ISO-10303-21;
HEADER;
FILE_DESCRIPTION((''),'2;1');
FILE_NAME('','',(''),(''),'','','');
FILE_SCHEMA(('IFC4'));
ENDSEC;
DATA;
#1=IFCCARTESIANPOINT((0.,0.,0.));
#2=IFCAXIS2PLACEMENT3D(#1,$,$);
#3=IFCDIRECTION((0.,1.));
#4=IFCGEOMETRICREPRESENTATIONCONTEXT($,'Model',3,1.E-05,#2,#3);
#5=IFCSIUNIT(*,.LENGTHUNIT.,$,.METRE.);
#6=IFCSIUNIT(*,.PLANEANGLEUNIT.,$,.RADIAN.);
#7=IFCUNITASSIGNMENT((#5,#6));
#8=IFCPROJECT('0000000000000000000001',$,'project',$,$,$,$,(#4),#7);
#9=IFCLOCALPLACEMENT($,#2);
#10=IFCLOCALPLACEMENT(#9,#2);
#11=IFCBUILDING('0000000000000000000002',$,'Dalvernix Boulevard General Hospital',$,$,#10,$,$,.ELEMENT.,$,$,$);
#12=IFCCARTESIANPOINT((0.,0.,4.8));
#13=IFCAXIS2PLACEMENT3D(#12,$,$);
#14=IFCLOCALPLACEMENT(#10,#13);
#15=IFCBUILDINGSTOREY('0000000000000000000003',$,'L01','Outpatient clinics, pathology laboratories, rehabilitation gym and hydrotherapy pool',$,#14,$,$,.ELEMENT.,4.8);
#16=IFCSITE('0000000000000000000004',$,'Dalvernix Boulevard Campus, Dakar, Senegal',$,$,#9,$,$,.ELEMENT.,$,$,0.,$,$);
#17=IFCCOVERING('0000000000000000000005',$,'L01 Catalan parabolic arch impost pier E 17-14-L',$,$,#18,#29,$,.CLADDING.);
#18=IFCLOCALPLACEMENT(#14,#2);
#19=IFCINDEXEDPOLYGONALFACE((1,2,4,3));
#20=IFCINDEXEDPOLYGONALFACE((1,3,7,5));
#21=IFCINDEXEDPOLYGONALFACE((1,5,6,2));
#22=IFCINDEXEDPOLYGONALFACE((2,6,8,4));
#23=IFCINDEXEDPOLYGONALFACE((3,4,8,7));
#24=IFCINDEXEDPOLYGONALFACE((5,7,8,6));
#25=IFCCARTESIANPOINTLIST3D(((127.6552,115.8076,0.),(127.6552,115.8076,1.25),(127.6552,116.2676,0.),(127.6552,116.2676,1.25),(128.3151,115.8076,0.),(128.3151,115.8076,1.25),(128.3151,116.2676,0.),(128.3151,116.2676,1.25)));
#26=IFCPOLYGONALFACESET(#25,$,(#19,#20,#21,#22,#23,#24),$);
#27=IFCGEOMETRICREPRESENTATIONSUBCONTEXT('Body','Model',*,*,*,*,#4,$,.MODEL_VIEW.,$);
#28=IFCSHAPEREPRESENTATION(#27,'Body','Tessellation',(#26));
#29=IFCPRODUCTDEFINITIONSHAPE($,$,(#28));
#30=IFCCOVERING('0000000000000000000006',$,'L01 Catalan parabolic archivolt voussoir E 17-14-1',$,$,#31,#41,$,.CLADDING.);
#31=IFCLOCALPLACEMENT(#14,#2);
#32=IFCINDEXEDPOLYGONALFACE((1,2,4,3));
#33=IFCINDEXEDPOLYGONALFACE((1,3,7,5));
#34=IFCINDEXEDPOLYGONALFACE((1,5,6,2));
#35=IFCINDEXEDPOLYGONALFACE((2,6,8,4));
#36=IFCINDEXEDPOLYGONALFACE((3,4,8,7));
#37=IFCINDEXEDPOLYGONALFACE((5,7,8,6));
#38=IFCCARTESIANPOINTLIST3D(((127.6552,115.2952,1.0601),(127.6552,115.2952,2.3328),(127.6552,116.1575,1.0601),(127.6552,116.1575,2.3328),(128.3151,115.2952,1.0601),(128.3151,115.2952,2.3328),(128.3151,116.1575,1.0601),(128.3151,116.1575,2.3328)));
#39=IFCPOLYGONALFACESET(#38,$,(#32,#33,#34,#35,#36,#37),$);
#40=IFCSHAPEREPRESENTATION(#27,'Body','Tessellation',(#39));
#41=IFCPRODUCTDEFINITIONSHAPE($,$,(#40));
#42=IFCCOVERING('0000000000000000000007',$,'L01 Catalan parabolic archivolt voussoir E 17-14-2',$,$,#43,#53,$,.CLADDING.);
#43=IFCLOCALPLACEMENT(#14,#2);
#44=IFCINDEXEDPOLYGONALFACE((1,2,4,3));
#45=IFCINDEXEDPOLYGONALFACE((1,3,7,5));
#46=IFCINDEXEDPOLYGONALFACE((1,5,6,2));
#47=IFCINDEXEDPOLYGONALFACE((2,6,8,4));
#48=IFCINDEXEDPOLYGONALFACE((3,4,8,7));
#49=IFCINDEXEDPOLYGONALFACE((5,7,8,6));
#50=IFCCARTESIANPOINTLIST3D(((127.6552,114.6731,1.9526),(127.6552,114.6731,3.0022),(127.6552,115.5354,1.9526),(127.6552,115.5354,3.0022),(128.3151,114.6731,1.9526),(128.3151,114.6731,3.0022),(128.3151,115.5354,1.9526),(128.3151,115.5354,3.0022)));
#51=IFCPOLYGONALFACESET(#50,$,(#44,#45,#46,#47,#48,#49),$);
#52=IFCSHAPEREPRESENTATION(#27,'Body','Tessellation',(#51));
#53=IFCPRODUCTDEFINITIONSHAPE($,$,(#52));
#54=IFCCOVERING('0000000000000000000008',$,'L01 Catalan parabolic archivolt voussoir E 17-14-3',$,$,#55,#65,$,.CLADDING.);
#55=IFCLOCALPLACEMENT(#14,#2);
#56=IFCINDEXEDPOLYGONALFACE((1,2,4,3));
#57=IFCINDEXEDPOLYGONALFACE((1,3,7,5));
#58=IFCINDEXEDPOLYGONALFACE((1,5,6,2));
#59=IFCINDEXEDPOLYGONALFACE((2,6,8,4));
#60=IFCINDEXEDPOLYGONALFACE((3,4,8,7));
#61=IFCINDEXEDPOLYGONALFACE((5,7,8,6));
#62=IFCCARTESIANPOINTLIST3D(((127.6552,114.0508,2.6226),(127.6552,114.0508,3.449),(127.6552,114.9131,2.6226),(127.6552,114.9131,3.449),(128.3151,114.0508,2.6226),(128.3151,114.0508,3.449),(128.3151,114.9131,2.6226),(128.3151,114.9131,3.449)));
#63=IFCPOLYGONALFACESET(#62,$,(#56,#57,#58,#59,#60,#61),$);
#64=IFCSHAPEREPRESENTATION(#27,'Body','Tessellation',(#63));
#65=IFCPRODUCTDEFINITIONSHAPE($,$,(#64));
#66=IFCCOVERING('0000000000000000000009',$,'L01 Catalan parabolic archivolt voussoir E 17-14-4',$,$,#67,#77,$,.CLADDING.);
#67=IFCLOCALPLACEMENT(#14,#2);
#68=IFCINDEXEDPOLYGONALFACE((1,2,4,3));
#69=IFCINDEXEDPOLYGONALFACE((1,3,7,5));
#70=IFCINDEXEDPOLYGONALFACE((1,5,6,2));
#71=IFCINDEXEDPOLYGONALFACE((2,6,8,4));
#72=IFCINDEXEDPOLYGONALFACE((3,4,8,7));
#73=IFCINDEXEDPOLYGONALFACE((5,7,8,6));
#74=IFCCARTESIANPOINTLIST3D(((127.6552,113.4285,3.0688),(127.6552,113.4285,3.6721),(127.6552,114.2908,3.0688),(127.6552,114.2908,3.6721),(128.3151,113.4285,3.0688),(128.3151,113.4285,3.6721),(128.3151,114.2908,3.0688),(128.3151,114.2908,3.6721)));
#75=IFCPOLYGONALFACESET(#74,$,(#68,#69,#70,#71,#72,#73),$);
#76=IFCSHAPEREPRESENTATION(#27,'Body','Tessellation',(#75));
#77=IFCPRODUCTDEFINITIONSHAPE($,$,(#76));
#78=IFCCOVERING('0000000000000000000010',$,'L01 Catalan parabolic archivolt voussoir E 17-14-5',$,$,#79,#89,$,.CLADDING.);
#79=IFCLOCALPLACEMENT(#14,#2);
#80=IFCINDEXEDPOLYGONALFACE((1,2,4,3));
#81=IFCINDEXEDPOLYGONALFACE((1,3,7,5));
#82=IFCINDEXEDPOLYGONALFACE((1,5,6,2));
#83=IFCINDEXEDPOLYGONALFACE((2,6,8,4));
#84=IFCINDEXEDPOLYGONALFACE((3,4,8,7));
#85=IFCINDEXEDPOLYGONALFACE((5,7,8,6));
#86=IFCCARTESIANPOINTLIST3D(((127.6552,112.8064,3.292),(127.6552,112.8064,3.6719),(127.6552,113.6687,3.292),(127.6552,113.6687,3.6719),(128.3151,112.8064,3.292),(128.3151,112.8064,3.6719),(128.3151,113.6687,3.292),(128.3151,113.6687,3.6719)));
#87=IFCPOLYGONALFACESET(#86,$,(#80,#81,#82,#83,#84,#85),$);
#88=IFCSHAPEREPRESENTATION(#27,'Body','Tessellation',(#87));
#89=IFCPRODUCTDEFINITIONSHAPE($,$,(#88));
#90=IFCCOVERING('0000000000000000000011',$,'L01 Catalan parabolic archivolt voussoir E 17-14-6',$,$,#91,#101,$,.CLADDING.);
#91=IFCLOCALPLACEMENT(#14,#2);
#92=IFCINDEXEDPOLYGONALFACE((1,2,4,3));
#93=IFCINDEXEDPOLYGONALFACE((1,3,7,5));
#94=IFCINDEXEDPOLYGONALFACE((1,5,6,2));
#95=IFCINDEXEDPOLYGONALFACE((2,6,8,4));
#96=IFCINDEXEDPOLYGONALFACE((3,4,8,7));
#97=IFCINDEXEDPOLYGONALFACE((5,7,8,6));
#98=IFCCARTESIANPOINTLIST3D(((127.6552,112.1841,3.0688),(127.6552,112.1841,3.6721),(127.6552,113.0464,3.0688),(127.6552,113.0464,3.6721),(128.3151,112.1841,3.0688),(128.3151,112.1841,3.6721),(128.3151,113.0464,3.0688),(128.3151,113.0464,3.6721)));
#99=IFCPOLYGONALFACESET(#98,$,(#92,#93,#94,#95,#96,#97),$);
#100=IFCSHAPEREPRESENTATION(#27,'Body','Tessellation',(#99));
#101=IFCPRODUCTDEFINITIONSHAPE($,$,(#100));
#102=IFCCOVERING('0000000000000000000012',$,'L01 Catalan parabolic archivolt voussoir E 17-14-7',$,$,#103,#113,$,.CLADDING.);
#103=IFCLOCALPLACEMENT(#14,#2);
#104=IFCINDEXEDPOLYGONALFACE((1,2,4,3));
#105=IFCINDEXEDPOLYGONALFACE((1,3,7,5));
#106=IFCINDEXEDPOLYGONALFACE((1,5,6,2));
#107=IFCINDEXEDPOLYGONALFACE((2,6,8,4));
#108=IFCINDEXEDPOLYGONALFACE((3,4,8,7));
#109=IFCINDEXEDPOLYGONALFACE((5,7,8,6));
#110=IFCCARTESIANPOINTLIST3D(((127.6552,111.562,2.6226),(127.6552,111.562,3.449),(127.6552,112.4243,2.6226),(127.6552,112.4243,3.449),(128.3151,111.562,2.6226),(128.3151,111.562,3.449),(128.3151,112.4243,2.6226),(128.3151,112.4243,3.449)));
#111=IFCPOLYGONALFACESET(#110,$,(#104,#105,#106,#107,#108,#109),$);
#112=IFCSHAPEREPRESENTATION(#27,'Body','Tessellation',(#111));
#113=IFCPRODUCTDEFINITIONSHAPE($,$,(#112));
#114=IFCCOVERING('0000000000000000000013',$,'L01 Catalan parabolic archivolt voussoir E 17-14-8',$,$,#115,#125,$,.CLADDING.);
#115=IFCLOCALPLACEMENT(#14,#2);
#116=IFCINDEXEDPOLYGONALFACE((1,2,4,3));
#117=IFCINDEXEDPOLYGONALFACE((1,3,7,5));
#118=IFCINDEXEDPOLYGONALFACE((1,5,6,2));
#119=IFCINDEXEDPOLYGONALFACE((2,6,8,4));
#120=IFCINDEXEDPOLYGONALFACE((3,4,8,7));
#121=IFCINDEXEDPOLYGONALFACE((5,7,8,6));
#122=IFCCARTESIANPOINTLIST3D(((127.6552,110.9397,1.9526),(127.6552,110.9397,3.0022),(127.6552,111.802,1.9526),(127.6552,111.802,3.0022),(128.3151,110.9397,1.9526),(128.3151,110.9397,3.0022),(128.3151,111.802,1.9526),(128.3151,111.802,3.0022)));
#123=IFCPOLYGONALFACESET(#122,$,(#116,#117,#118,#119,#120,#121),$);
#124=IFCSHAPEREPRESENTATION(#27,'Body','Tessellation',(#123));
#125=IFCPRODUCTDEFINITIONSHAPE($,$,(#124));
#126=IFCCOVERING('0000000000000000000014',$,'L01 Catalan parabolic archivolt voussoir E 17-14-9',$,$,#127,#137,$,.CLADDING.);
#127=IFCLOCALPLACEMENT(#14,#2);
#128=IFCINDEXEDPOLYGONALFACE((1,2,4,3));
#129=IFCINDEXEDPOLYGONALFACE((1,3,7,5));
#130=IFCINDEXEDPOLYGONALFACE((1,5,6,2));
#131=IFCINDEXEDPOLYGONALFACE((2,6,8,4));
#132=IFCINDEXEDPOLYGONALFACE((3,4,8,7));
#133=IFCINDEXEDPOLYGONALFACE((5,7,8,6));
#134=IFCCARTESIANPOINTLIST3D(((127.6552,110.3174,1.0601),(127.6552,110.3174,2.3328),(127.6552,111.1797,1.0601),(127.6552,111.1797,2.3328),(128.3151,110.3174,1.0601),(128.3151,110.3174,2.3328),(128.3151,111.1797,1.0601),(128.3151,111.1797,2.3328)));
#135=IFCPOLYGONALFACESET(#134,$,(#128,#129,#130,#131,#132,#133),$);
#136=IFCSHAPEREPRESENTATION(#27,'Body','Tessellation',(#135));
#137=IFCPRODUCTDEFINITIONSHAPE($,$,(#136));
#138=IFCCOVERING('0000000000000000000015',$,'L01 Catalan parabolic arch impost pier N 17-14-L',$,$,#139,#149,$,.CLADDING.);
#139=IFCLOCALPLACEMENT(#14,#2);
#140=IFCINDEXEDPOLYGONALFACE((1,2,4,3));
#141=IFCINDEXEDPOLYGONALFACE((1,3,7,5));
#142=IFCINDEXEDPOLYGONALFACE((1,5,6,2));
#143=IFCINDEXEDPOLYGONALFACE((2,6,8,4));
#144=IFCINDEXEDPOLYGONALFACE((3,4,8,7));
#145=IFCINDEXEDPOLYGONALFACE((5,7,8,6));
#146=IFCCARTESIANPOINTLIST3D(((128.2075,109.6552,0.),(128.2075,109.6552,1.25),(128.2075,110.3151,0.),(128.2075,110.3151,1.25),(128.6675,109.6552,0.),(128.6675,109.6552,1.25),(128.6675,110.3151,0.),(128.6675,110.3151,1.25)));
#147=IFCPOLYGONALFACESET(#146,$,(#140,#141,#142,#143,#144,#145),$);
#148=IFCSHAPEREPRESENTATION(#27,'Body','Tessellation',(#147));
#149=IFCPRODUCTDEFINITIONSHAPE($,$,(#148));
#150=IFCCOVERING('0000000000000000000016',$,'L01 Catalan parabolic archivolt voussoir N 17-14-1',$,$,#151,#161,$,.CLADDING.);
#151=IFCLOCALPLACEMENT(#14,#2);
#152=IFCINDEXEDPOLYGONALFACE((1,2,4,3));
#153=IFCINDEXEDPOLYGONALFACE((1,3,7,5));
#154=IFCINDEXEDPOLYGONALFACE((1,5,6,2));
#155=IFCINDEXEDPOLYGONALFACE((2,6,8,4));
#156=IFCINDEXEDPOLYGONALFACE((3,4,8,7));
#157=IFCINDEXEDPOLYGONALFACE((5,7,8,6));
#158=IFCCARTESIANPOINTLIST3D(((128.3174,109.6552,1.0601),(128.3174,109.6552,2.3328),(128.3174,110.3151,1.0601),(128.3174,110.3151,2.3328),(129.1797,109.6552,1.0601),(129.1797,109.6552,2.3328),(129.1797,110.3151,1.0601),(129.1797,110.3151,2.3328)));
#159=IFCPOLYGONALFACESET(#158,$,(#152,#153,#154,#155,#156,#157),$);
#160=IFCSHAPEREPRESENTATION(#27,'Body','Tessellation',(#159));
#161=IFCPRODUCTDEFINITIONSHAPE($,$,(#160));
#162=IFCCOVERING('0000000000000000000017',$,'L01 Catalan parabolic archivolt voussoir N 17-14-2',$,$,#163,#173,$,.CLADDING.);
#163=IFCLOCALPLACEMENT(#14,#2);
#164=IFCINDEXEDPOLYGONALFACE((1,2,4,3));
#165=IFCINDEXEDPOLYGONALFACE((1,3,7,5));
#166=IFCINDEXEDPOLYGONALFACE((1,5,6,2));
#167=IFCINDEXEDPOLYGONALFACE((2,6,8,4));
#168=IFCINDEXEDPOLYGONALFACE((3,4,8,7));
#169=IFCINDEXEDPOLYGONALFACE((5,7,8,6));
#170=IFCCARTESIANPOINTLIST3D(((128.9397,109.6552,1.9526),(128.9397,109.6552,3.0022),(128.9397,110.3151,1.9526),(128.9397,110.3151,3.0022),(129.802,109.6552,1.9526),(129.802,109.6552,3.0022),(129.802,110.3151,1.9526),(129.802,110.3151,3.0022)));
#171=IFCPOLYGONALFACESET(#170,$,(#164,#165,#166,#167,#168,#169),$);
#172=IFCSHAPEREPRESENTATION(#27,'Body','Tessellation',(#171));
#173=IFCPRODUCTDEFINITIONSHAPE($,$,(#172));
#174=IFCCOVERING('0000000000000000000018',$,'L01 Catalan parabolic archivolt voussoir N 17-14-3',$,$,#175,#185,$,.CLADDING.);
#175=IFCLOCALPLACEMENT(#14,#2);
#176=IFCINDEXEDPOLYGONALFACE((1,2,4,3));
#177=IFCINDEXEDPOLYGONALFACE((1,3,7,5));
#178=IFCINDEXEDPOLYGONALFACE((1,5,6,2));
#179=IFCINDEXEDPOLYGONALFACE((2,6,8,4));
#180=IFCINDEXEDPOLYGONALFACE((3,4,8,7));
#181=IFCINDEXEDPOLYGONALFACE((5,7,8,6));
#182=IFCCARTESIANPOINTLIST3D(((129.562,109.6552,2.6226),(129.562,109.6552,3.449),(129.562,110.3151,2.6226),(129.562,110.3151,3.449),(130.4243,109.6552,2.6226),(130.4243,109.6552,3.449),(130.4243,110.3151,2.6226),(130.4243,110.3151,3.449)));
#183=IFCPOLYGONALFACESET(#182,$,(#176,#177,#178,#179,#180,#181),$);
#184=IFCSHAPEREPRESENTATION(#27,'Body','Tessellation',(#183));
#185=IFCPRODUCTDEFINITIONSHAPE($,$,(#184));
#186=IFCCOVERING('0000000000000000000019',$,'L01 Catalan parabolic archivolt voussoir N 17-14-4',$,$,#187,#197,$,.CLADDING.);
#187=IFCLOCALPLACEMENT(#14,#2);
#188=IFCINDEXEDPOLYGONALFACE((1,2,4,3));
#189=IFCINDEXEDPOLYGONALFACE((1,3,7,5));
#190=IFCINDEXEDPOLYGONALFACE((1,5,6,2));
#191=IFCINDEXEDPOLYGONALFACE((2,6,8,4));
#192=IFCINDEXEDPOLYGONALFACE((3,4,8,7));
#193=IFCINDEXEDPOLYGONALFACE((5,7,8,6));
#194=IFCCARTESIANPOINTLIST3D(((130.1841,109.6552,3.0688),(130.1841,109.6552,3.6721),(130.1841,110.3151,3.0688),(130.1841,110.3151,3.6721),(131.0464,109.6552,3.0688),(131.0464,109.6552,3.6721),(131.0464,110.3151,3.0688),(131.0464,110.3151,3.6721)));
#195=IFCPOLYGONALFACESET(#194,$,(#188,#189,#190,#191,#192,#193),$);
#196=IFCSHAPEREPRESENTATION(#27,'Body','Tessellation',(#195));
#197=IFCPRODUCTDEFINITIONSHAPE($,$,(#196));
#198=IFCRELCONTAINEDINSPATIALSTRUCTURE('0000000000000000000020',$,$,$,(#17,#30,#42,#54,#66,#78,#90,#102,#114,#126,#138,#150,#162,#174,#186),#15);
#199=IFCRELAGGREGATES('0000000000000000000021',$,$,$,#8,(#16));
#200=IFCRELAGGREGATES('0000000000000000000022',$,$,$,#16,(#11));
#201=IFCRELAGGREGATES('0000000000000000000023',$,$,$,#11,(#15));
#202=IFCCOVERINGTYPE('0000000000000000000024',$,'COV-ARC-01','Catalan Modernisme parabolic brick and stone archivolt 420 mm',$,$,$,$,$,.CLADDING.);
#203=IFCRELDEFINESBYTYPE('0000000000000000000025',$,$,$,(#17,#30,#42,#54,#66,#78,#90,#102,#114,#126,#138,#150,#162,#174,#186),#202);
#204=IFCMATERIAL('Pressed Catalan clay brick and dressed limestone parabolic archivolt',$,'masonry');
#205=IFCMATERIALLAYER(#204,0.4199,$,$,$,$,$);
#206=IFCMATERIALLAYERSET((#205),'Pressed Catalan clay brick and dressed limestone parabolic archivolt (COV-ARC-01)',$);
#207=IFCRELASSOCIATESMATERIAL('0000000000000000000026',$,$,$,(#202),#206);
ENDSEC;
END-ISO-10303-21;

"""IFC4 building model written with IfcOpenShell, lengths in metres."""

from ifc_helpers import new_model, si_unit, direction, frame, origin, origin_2d, place, context, subcontext, project, spatial, rectangle, extrude, material, layer, layer_set, type_object, element, save


model = new_model("IFC4")

# Units and contexts
model_context = context("Model", 3, precision=1e-05, world=origin(), true_north=direction((0.0, 1.0)))
body_context = subcontext(model_context, "Body", "Model", "MODEL_VIEW")
ifc_project = project(units=[si_unit("LENGTHUNIT", "METRE"), si_unit("PLANEANGLEUNIT", "RADIAN")], contexts=[model_context])

# Site, building, storey
site_placement = place(None, origin())
site = spatial("IfcSite", under=ifc_project, at=site_placement, Name="Dalvernix Boulevard Campus, Dakar, Senegal", CompositionType="ELEMENT", RefElevation=0.0)
building_placement = place(site_placement, origin())
building = spatial("IfcBuilding", under=site, at=building_placement, Name="Dalvernix Boulevard General Hospital", CompositionType="ELEMENT")
storey_placement = place(building_placement, frame((0.0, 0.0, 4.8)))
storey = spatial("IfcBuildingStorey", under=building, at=storey_placement, Name="L01", Description="Outpatient clinics, pathology laboratories, rehabilitation gym and hydrotherapy pool", CompositionType="ELEMENT", Elevation=4.8)

# Coverings
ifc_material_1 = material(Name="Pressed Catalan clay brick and dressed limestone parabolic archivolt", Category="masonry")
ifc_layer_1 = layer(ifc_material_1, 0.4199)
ifc_layer_set_1 = layer_set([ifc_layer_1], Name="Pressed Catalan clay brick and dressed limestone parabolic archivolt (COV-ARC-01)")
covering_type_1 = type_object("IfcCoveringType", Name="COV-ARC-01", Description="Catalan Modernisme parabolic brick and stone archivolt 420 mm", PredefinedType="CLADDING", material=ifc_layer_set_1)
covering_1_placement = place(storey_placement, frame((127.9851, 116.0376, 0.0), z_axis=(0.0, 0.0, 1.0), x_axis=(0.0, -1.0, 0.0)))
element("IfcCovering", 1, at=covering_1_placement, inside=storey, type_object=covering_type_1, Name="L01 Catalan parabolic arch impost pier E 17-14-L", PredefinedType="CLADDING", context=body_context, shape_type="SweptSolid", body=[
    extrude(rectangle(XDim=0.46, YDim=0.6599, at=origin_2d()), origin(), (0.0, 0.0, 1.0), 1.25),
])
covering_2_placement = place(storey_placement, frame((127.9851, 115.7263, 1.0601), z_axis=(0.0, 0.0, 1.0), x_axis=(0.0, -1.0, 0.0)))
element("IfcCovering", 2, at=covering_2_placement, inside=storey, type_object=covering_type_1, Name="L01 Catalan parabolic archivolt voussoir E 17-14-1", PredefinedType="CLADDING", context=body_context, shape_type="SweptSolid", body=[
    extrude(rectangle(XDim=0.8623, YDim=0.6599, at=origin_2d()), origin(), (0.0, 0.0, 1.0), 1.2727),
])
covering_3_placement = place(storey_placement, frame((127.9851, 115.1042, 1.9526), z_axis=(0.0, 0.0, 1.0), x_axis=(0.0, -1.0, 0.0)))
element("IfcCovering", 3, at=covering_3_placement, inside=storey, type_object=covering_type_1, Name="L01 Catalan parabolic archivolt voussoir E 17-14-2", PredefinedType="CLADDING", context=body_context, shape_type="SweptSolid", body=[
    extrude(rectangle(XDim=0.8623, YDim=0.6599, at=origin_2d()), origin(), (0.0, 0.0, 1.0), 1.0496),
])
covering_4_placement = place(storey_placement, frame((127.9851, 114.4819, 2.6226), z_axis=(0.0, 0.0, 1.0), x_axis=(0.0, -1.0, 0.0)))
element("IfcCovering", 4, at=covering_4_placement, inside=storey, type_object=covering_type_1, Name="L01 Catalan parabolic archivolt voussoir E 17-14-3", PredefinedType="CLADDING", context=body_context, shape_type="SweptSolid", body=[
    extrude(rectangle(XDim=0.8623, YDim=0.6599, at=origin_2d()), origin(), (0.0, 0.0, 1.0), 0.8264),
])
covering_5_placement = place(storey_placement, frame((127.9851, 113.8596, 3.0688), z_axis=(0.0, 0.0, 1.0), x_axis=(0.0, -1.0, 0.0)))
element("IfcCovering", 5, at=covering_5_placement, inside=storey, type_object=covering_type_1, Name="L01 Catalan parabolic archivolt voussoir E 17-14-4", PredefinedType="CLADDING", context=body_context, shape_type="SweptSolid", body=[
    extrude(rectangle(XDim=0.8623, YDim=0.6599, at=origin_2d()), origin(), (0.0, 0.0, 1.0), 0.6033),
])
covering_6_placement = place(storey_placement, frame((127.9851, 113.2375, 3.292), z_axis=(0.0, 0.0, 1.0), x_axis=(0.0, -1.0, 0.0)))
element("IfcCovering", 6, at=covering_6_placement, inside=storey, type_object=covering_type_1, Name="L01 Catalan parabolic archivolt voussoir E 17-14-5", PredefinedType="CLADDING", context=body_context, shape_type="SweptSolid", body=[
    extrude(rectangle(XDim=0.8623, YDim=0.6599, at=origin_2d()), origin(), (0.0, 0.0, 1.0), 0.3799),
])
covering_7_placement = place(storey_placement, frame((127.9851, 112.6152, 3.0688), z_axis=(0.0, 0.0, 1.0), x_axis=(0.0, -1.0, 0.0)))
element("IfcCovering", 7, at=covering_7_placement, inside=storey, type_object=covering_type_1, Name="L01 Catalan parabolic archivolt voussoir E 17-14-6", PredefinedType="CLADDING", context=body_context, shape_type="SweptSolid", body=[
    extrude(rectangle(XDim=0.8623, YDim=0.6599, at=origin_2d()), origin(), (0.0, 0.0, 1.0), 0.6033),
])
covering_8_placement = place(storey_placement, frame((127.9851, 111.9932, 2.6226), z_axis=(0.0, 0.0, 1.0), x_axis=(0.0, -1.0, 0.0)))
element("IfcCovering", 8, at=covering_8_placement, inside=storey, type_object=covering_type_1, Name="L01 Catalan parabolic archivolt voussoir E 17-14-7", PredefinedType="CLADDING", context=body_context, shape_type="SweptSolid", body=[
    extrude(rectangle(XDim=0.8623, YDim=0.6599, at=origin_2d()), origin(), (0.0, 0.0, 1.0), 0.8264),
])
covering_9_placement = place(storey_placement, frame((127.9851, 111.3708, 1.9526), z_axis=(0.0, 0.0, 1.0), x_axis=(0.0, -1.0, 0.0)))
element("IfcCovering", 9, at=covering_9_placement, inside=storey, type_object=covering_type_1, Name="L01 Catalan parabolic archivolt voussoir E 17-14-8", PredefinedType="CLADDING", context=body_context, shape_type="SweptSolid", body=[
    extrude(rectangle(XDim=0.8623, YDim=0.6599, at=origin_2d()), origin(), (0.0, 0.0, 1.0), 1.0496),
])
covering_10_placement = place(storey_placement, frame((127.9851, 110.7485, 1.0601), z_axis=(0.0, 0.0, 1.0), x_axis=(0.0, -1.0, 0.0)))
element("IfcCovering", 10, at=covering_10_placement, inside=storey, type_object=covering_type_1, Name="L01 Catalan parabolic archivolt voussoir E 17-14-9", PredefinedType="CLADDING", context=body_context, shape_type="SweptSolid", body=[
    extrude(rectangle(XDim=0.8623, YDim=0.6599, at=origin_2d()), origin(), (0.0, 0.0, 1.0), 1.2727),
])
covering_11_placement = place(storey_placement, frame((128.4375, 109.9851, 0.0), z_axis=(0.0, 0.0, 1.0), x_axis=(1.0, 0.0, 0.0)))
element("IfcCovering", 11, at=covering_11_placement, inside=storey, type_object=covering_type_1, Name="L01 Catalan parabolic arch impost pier N 17-14-L", PredefinedType="CLADDING", context=body_context, shape_type="SweptSolid", body=[
    extrude(rectangle(XDim=0.46, YDim=0.6599, at=origin_2d()), origin(), (0.0, 0.0, 1.0), 1.25),
])
covering_12_placement = place(storey_placement, frame((128.7485, 109.9851, 1.0601), z_axis=(0.0, 0.0, 1.0), x_axis=(1.0, 0.0, 0.0)))
element("IfcCovering", 12, at=covering_12_placement, inside=storey, type_object=covering_type_1, Name="L01 Catalan parabolic archivolt voussoir N 17-14-1", PredefinedType="CLADDING", context=body_context, shape_type="SweptSolid", body=[
    extrude(rectangle(XDim=0.8623, YDim=0.6599, at=origin_2d()), origin(), (0.0, 0.0, 1.0), 1.2727),
])
covering_13_placement = place(storey_placement, frame((129.3708, 109.9851, 1.9526), z_axis=(0.0, 0.0, 1.0), x_axis=(1.0, 0.0, 0.0)))
element("IfcCovering", 13, at=covering_13_placement, inside=storey, type_object=covering_type_1, Name="L01 Catalan parabolic archivolt voussoir N 17-14-2", PredefinedType="CLADDING", context=body_context, shape_type="SweptSolid", body=[
    extrude(rectangle(XDim=0.8623, YDim=0.6599, at=origin_2d()), origin(), (0.0, 0.0, 1.0), 1.0496),
])
covering_14_placement = place(storey_placement, frame((129.9932, 109.9851, 2.6226), z_axis=(0.0, 0.0, 1.0), x_axis=(1.0, 0.0, 0.0)))
element("IfcCovering", 14, at=covering_14_placement, inside=storey, type_object=covering_type_1, Name="L01 Catalan parabolic archivolt voussoir N 17-14-3", PredefinedType="CLADDING", context=body_context, shape_type="SweptSolid", body=[
    extrude(rectangle(XDim=0.8623, YDim=0.6599, at=origin_2d()), origin(), (0.0, 0.0, 1.0), 0.8264),
])
covering_15_placement = place(storey_placement, frame((130.6152, 109.9851, 3.0688), z_axis=(0.0, 0.0, 1.0), x_axis=(1.0, 0.0, 0.0)))
element("IfcCovering", 15, at=covering_15_placement, inside=storey, type_object=covering_type_1, Name="L01 Catalan parabolic archivolt voussoir N 17-14-4", PredefinedType="CLADDING", context=body_context, shape_type="SweptSolid", body=[
    extrude(rectangle(XDim=0.8623, YDim=0.6599, at=origin_2d()), origin(), (0.0, 0.0, 1.0), 0.6033),
])

save(model, "model.ifc")
